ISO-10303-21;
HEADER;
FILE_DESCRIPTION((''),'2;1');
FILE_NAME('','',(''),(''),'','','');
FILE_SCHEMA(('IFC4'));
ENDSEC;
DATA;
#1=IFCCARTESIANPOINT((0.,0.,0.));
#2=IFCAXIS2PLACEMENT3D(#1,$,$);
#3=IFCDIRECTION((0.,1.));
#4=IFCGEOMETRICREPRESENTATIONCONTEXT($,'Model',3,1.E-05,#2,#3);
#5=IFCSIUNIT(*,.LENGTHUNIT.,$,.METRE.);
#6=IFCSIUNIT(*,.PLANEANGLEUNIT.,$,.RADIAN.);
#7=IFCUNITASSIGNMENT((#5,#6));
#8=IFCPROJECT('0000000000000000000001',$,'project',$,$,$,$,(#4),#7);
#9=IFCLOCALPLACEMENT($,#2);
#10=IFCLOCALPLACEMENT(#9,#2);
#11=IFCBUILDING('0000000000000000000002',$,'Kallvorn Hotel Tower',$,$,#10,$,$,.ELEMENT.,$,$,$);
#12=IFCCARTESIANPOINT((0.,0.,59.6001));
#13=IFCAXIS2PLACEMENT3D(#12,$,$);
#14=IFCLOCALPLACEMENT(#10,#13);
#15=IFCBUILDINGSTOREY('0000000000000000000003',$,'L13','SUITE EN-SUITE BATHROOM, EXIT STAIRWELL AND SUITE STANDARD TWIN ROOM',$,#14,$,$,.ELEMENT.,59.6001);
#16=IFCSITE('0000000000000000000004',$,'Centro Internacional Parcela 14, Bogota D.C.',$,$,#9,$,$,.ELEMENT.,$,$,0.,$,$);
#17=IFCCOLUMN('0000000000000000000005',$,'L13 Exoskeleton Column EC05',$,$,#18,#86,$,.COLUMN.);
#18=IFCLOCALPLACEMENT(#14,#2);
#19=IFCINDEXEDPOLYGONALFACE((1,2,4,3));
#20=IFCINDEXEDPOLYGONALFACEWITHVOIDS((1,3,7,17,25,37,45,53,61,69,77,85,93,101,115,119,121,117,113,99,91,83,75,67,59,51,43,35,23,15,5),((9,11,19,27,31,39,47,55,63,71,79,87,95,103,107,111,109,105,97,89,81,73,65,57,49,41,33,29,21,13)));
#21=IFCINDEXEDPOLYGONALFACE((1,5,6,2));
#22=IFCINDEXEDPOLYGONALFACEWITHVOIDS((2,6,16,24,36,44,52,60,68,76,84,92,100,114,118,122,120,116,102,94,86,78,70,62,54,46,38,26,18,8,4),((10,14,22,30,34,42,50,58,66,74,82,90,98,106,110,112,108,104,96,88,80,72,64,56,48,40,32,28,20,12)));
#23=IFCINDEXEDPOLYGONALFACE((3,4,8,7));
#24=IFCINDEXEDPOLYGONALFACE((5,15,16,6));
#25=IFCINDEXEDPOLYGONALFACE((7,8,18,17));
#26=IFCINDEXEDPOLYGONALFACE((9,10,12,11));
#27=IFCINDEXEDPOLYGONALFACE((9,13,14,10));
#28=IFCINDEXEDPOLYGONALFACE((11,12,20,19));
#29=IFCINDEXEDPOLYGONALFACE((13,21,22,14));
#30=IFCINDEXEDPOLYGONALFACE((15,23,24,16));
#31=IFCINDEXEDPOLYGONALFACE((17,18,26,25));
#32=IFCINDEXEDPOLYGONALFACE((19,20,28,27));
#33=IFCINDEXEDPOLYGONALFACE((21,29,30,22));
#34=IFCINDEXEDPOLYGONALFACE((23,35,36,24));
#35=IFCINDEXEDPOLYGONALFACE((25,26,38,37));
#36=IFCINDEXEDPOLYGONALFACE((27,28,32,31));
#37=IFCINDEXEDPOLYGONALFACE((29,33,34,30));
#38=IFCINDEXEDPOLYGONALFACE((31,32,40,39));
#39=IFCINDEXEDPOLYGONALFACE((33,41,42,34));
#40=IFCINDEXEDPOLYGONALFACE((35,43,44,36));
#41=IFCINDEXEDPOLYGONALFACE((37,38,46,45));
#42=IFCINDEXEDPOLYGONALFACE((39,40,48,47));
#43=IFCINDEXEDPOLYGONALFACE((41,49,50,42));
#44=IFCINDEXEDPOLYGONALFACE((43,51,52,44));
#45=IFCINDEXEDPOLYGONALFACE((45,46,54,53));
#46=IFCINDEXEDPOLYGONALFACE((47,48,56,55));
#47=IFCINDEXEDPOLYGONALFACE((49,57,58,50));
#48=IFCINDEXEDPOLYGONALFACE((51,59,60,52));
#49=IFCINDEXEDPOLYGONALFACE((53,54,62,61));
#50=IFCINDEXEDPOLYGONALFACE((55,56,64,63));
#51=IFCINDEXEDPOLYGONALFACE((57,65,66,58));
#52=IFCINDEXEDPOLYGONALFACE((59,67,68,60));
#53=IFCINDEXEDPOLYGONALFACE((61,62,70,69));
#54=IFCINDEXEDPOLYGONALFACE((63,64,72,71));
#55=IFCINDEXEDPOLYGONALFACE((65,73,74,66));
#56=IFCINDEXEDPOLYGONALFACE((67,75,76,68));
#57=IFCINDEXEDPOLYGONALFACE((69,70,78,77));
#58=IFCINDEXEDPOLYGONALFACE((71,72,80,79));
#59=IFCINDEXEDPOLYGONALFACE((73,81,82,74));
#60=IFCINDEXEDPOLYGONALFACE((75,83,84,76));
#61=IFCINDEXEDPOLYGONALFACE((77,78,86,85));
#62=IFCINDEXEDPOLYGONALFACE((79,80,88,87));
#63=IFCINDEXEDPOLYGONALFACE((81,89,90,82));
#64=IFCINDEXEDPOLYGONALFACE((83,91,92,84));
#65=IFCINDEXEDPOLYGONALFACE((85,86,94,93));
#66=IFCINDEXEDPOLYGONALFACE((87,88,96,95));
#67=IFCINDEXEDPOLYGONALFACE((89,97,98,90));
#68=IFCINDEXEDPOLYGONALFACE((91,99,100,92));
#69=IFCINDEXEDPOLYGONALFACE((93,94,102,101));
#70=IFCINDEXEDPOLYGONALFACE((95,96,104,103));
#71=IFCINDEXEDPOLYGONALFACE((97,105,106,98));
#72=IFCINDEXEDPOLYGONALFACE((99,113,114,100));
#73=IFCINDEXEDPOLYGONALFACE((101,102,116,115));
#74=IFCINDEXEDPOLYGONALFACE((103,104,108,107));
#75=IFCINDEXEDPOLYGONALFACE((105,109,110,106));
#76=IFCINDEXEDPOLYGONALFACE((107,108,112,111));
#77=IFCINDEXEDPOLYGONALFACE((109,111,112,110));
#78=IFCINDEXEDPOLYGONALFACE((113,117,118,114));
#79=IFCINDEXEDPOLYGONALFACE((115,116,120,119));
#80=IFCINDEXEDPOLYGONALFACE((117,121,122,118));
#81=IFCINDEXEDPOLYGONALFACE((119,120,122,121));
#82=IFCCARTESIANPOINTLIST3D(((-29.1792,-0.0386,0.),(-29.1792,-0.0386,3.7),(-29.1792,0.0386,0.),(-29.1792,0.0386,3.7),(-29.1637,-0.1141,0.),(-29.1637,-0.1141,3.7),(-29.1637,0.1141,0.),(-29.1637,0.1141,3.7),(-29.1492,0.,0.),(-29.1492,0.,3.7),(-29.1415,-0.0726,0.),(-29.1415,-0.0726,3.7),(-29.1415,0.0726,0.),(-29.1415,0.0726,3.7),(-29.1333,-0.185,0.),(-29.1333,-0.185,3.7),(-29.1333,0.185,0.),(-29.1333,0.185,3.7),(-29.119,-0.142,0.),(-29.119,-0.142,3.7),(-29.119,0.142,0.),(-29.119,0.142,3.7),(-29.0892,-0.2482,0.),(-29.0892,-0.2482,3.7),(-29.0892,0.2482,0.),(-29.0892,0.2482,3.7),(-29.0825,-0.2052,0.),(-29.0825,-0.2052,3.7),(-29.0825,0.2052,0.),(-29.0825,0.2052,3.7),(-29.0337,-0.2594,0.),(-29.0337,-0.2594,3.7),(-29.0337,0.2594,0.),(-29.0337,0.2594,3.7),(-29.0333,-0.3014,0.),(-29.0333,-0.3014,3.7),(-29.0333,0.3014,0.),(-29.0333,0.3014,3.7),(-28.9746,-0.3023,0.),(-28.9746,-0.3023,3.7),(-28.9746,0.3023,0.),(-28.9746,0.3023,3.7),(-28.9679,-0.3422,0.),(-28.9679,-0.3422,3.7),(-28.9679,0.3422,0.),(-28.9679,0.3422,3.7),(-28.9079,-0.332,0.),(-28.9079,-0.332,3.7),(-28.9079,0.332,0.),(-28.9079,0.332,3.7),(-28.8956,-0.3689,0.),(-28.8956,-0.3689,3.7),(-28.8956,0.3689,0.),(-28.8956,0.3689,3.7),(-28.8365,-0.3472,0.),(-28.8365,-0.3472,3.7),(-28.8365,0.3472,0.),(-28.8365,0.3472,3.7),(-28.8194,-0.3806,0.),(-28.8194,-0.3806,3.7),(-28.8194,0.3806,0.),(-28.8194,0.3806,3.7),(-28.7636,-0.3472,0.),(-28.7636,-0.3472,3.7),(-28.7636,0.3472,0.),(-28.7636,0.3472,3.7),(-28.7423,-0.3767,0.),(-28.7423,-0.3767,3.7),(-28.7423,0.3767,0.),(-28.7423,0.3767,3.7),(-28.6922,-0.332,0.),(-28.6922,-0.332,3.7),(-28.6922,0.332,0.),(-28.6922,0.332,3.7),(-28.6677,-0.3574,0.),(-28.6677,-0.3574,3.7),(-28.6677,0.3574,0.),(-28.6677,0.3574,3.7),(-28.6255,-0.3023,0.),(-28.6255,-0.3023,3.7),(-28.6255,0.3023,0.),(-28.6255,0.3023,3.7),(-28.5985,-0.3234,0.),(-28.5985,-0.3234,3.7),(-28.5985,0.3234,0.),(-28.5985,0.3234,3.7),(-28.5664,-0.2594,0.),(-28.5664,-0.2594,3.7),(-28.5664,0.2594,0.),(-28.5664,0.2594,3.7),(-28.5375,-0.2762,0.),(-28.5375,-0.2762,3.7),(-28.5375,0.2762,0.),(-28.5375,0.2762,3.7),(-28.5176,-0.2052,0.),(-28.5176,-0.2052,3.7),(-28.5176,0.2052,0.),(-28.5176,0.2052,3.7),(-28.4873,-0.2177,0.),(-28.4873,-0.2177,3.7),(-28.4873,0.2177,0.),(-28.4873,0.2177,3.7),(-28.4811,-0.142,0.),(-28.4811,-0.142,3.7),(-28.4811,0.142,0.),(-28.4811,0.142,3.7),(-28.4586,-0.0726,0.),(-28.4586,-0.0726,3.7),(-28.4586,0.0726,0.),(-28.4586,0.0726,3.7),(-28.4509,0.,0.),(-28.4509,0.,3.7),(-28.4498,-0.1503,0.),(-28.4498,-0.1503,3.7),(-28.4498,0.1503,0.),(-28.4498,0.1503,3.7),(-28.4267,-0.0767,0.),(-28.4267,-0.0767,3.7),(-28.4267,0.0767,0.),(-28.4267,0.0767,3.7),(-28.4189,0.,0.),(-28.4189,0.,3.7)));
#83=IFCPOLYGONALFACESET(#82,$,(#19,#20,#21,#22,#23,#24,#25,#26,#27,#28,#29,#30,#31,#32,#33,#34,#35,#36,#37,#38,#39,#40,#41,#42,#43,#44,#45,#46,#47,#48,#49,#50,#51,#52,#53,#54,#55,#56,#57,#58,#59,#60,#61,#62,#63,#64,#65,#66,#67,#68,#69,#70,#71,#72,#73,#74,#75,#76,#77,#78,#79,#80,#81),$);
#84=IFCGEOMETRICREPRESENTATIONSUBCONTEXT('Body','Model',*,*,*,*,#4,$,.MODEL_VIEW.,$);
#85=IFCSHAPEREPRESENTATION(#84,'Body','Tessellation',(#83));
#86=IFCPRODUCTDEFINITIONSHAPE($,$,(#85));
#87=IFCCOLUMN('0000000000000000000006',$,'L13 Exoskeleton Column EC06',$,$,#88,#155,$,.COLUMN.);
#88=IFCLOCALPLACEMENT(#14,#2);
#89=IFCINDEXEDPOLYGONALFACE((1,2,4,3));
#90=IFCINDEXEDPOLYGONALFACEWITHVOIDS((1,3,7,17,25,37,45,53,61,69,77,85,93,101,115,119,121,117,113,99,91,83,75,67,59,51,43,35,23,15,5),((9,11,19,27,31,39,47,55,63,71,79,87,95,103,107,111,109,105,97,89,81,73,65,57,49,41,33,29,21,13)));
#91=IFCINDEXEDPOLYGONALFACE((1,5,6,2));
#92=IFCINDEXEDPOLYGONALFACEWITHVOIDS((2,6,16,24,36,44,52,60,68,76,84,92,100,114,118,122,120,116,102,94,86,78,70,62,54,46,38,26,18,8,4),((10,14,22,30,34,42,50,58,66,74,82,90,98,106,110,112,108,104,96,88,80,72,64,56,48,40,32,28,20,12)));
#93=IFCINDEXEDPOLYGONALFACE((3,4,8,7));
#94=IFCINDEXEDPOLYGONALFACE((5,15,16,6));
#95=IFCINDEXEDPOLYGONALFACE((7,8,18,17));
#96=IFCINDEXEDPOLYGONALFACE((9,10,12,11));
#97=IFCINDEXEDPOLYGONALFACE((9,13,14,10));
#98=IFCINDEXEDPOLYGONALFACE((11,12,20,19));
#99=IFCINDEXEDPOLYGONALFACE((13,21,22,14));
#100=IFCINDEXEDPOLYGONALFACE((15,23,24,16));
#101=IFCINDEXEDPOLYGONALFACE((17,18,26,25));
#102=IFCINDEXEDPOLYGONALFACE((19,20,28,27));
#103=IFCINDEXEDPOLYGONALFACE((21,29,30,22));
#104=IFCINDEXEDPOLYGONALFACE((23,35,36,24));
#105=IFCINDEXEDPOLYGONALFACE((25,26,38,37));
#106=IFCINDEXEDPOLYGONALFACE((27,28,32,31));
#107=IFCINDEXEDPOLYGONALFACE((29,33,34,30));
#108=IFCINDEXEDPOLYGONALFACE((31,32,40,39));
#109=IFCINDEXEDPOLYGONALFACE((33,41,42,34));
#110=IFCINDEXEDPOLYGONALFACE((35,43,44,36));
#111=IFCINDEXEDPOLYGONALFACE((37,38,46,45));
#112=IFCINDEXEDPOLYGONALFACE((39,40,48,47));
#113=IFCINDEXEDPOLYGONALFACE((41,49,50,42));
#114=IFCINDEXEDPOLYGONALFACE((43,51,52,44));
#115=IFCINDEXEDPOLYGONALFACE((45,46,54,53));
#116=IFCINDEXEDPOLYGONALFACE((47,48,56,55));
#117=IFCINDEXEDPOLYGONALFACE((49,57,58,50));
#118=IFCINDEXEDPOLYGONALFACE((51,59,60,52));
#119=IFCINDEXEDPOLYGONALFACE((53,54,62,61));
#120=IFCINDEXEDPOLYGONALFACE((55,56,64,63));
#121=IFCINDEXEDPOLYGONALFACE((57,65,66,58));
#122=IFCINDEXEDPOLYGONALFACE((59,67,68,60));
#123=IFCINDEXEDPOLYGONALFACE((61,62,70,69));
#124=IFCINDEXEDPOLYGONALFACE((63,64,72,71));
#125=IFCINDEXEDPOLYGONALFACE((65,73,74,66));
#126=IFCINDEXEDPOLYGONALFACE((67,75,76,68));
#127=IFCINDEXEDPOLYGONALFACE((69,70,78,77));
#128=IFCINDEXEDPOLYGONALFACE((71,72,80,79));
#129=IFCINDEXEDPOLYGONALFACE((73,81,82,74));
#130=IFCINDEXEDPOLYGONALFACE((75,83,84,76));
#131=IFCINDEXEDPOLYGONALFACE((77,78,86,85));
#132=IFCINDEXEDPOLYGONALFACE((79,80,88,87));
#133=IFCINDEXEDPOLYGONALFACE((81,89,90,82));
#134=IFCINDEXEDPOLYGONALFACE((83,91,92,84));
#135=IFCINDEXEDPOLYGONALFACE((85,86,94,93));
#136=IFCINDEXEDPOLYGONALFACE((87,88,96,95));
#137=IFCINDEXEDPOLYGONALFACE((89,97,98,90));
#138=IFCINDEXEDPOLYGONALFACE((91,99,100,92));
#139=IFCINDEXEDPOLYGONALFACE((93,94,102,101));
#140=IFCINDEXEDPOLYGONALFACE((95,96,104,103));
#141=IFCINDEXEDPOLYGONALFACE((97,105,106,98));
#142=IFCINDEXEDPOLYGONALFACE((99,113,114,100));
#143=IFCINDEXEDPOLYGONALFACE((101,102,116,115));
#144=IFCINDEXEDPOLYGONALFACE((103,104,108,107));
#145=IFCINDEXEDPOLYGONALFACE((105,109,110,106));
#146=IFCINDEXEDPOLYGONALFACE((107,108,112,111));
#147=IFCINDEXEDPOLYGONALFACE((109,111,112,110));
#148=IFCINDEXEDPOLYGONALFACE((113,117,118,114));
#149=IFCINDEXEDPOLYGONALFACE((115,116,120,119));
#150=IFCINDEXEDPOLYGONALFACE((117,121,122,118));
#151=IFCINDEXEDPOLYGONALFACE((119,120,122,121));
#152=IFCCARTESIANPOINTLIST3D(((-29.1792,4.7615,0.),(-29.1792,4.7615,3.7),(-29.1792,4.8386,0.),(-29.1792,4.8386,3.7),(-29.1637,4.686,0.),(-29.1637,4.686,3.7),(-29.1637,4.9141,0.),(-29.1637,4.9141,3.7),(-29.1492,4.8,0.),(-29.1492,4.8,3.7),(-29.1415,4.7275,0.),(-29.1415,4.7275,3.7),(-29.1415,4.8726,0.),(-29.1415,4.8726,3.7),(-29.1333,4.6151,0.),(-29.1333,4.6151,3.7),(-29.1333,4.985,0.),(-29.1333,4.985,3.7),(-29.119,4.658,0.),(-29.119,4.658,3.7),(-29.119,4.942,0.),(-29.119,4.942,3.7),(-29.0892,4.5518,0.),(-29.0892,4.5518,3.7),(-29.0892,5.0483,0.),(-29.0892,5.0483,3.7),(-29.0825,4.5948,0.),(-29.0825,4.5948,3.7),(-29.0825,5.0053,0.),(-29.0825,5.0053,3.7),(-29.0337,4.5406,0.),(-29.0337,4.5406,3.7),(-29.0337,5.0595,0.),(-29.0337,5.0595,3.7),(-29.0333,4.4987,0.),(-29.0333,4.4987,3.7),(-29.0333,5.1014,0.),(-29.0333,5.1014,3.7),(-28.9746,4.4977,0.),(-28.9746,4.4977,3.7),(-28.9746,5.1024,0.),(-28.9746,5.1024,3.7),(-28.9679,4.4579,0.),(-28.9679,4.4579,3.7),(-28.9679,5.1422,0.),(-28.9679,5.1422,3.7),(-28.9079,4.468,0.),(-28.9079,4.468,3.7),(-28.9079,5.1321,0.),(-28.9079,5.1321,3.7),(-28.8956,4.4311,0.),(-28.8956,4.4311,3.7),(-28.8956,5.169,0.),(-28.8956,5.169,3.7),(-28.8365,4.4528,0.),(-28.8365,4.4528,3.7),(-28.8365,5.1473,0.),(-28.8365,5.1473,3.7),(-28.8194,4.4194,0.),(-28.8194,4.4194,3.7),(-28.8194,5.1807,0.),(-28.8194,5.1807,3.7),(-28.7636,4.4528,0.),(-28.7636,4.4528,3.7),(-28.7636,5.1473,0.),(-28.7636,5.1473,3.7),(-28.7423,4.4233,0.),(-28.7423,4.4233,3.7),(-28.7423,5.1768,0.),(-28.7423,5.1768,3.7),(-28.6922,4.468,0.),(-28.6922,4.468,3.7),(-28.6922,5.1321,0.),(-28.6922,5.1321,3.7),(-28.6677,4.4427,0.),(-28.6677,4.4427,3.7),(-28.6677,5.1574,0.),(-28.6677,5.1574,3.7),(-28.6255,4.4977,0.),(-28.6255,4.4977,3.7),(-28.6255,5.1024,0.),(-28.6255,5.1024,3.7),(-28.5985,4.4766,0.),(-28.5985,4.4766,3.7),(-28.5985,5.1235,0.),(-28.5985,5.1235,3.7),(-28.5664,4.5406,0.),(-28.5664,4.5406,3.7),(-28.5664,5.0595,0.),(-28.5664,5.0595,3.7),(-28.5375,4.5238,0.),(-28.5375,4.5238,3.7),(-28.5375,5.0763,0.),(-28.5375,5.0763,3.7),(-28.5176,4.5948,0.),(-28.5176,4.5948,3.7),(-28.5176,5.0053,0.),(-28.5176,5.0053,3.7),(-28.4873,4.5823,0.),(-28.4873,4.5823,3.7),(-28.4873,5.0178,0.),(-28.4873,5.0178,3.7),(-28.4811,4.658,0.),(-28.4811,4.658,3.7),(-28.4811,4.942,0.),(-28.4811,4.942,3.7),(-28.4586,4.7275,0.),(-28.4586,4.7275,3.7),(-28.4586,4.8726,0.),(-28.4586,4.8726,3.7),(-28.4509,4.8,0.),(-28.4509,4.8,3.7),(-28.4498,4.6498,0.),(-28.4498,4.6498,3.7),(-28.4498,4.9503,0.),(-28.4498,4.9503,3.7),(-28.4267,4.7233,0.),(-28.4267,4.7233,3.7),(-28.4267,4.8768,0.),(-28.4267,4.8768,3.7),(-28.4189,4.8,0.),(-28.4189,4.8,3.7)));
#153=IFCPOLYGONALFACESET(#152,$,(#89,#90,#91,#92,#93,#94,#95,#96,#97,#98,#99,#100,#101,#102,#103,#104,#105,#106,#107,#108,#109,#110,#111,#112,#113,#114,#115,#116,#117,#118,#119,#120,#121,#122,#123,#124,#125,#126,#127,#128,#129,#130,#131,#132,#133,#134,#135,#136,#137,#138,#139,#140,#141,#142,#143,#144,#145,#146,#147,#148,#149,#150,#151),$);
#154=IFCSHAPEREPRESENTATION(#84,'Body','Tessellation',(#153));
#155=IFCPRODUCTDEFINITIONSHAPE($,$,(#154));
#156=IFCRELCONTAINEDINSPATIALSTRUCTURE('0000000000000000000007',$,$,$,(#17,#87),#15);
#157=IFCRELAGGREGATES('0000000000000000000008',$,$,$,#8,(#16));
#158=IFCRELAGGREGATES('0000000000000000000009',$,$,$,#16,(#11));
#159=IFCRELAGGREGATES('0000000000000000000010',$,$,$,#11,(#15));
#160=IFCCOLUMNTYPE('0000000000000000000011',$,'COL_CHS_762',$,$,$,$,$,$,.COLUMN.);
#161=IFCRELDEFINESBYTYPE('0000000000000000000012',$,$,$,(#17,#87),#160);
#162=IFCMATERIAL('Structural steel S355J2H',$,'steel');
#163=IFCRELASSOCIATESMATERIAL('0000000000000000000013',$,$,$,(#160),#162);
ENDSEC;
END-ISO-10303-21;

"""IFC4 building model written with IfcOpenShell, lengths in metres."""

from ifc_helpers import new_model, si_unit, direction, frame, origin, origin_2d, place, context, subcontext, project, spatial, hollow_circle, extrude, material, material_profile, profile_set, type_object, element, save


model = new_model("IFC4")

# Units and contexts
model_context = context("Model", 3, precision=1e-05, world=origin(), true_north=direction((0.0, 1.0)))
body_context = subcontext(model_context, "Body", "Model", "MODEL_VIEW")
ifc_project = project(units=[si_unit("LENGTHUNIT", "METRE"), si_unit("PLANEANGLEUNIT", "RADIAN")], contexts=[model_context])

# Site, building, storey
site_placement = place(None, origin())
site = spatial("IfcSite", under=ifc_project, at=site_placement, Name="Centro Internacional Parcela 14, Bogota D.C.", CompositionType="ELEMENT", RefElevation=0.0)
building_placement = place(site_placement, origin())
building = spatial("IfcBuilding", under=site, at=building_placement, Name="Kallvorn Hotel Tower", CompositionType="ELEMENT")
storey_placement = place(building_placement, frame((0.0, 0.0, 59.6001)))
storey = spatial("IfcBuildingStorey", under=building, at=storey_placement, Name="L13", Description="SUITE EN-SUITE BATHROOM, EXIT STAIRWELL AND SUITE STANDARD TWIN ROOM", CompositionType="ELEMENT", Elevation=59.6001)

# Columns
ifc_material_1 = material(Name="Structural steel S355J2H", Category="steel")
ifc_material_profile_1 = material_profile(ifc_material_1, hollow_circle(Radius=0.3811, WallThickness=0.032, at=origin_2d()), Name="CHS 762x32")
ifc_profile_set_1 = profile_set([ifc_material_profile_1], Name="Structural steel S355J2H")
column_type_1 = type_object("IfcColumnType", Name="COL_CHS_762", PredefinedType="COLUMN", material=ifc_profile_set_1)
for number, where, z_axis, x_axis, name in (
    (1, (-28.8, 0.0, 0.0), (0.0, 0.0, 1.0), (1.0, 0.0, 0.0), "L13 Exoskeleton Column EC05"),
    (2, (-28.8, 4.8, 0.0), (0.0, 0.0, 1.0), (1.0, 0.0, 0.0), "L13 Exoskeleton Column EC06"),
):
    element("IfcColumn", number, at=place(storey_placement, frame(where, z_axis=z_axis, x_axis=x_axis)), inside=storey, type_object=column_type_1, Name=name, PredefinedType="COLUMN", context=body_context, shape_type="SweptSolid", body=[
        extrude(hollow_circle(Radius=0.3811, WallThickness=0.032, at=origin_2d()), origin(), (0.0, 0.0, 1.0), 3.7),
    ])

save(model, "model.ifc")
